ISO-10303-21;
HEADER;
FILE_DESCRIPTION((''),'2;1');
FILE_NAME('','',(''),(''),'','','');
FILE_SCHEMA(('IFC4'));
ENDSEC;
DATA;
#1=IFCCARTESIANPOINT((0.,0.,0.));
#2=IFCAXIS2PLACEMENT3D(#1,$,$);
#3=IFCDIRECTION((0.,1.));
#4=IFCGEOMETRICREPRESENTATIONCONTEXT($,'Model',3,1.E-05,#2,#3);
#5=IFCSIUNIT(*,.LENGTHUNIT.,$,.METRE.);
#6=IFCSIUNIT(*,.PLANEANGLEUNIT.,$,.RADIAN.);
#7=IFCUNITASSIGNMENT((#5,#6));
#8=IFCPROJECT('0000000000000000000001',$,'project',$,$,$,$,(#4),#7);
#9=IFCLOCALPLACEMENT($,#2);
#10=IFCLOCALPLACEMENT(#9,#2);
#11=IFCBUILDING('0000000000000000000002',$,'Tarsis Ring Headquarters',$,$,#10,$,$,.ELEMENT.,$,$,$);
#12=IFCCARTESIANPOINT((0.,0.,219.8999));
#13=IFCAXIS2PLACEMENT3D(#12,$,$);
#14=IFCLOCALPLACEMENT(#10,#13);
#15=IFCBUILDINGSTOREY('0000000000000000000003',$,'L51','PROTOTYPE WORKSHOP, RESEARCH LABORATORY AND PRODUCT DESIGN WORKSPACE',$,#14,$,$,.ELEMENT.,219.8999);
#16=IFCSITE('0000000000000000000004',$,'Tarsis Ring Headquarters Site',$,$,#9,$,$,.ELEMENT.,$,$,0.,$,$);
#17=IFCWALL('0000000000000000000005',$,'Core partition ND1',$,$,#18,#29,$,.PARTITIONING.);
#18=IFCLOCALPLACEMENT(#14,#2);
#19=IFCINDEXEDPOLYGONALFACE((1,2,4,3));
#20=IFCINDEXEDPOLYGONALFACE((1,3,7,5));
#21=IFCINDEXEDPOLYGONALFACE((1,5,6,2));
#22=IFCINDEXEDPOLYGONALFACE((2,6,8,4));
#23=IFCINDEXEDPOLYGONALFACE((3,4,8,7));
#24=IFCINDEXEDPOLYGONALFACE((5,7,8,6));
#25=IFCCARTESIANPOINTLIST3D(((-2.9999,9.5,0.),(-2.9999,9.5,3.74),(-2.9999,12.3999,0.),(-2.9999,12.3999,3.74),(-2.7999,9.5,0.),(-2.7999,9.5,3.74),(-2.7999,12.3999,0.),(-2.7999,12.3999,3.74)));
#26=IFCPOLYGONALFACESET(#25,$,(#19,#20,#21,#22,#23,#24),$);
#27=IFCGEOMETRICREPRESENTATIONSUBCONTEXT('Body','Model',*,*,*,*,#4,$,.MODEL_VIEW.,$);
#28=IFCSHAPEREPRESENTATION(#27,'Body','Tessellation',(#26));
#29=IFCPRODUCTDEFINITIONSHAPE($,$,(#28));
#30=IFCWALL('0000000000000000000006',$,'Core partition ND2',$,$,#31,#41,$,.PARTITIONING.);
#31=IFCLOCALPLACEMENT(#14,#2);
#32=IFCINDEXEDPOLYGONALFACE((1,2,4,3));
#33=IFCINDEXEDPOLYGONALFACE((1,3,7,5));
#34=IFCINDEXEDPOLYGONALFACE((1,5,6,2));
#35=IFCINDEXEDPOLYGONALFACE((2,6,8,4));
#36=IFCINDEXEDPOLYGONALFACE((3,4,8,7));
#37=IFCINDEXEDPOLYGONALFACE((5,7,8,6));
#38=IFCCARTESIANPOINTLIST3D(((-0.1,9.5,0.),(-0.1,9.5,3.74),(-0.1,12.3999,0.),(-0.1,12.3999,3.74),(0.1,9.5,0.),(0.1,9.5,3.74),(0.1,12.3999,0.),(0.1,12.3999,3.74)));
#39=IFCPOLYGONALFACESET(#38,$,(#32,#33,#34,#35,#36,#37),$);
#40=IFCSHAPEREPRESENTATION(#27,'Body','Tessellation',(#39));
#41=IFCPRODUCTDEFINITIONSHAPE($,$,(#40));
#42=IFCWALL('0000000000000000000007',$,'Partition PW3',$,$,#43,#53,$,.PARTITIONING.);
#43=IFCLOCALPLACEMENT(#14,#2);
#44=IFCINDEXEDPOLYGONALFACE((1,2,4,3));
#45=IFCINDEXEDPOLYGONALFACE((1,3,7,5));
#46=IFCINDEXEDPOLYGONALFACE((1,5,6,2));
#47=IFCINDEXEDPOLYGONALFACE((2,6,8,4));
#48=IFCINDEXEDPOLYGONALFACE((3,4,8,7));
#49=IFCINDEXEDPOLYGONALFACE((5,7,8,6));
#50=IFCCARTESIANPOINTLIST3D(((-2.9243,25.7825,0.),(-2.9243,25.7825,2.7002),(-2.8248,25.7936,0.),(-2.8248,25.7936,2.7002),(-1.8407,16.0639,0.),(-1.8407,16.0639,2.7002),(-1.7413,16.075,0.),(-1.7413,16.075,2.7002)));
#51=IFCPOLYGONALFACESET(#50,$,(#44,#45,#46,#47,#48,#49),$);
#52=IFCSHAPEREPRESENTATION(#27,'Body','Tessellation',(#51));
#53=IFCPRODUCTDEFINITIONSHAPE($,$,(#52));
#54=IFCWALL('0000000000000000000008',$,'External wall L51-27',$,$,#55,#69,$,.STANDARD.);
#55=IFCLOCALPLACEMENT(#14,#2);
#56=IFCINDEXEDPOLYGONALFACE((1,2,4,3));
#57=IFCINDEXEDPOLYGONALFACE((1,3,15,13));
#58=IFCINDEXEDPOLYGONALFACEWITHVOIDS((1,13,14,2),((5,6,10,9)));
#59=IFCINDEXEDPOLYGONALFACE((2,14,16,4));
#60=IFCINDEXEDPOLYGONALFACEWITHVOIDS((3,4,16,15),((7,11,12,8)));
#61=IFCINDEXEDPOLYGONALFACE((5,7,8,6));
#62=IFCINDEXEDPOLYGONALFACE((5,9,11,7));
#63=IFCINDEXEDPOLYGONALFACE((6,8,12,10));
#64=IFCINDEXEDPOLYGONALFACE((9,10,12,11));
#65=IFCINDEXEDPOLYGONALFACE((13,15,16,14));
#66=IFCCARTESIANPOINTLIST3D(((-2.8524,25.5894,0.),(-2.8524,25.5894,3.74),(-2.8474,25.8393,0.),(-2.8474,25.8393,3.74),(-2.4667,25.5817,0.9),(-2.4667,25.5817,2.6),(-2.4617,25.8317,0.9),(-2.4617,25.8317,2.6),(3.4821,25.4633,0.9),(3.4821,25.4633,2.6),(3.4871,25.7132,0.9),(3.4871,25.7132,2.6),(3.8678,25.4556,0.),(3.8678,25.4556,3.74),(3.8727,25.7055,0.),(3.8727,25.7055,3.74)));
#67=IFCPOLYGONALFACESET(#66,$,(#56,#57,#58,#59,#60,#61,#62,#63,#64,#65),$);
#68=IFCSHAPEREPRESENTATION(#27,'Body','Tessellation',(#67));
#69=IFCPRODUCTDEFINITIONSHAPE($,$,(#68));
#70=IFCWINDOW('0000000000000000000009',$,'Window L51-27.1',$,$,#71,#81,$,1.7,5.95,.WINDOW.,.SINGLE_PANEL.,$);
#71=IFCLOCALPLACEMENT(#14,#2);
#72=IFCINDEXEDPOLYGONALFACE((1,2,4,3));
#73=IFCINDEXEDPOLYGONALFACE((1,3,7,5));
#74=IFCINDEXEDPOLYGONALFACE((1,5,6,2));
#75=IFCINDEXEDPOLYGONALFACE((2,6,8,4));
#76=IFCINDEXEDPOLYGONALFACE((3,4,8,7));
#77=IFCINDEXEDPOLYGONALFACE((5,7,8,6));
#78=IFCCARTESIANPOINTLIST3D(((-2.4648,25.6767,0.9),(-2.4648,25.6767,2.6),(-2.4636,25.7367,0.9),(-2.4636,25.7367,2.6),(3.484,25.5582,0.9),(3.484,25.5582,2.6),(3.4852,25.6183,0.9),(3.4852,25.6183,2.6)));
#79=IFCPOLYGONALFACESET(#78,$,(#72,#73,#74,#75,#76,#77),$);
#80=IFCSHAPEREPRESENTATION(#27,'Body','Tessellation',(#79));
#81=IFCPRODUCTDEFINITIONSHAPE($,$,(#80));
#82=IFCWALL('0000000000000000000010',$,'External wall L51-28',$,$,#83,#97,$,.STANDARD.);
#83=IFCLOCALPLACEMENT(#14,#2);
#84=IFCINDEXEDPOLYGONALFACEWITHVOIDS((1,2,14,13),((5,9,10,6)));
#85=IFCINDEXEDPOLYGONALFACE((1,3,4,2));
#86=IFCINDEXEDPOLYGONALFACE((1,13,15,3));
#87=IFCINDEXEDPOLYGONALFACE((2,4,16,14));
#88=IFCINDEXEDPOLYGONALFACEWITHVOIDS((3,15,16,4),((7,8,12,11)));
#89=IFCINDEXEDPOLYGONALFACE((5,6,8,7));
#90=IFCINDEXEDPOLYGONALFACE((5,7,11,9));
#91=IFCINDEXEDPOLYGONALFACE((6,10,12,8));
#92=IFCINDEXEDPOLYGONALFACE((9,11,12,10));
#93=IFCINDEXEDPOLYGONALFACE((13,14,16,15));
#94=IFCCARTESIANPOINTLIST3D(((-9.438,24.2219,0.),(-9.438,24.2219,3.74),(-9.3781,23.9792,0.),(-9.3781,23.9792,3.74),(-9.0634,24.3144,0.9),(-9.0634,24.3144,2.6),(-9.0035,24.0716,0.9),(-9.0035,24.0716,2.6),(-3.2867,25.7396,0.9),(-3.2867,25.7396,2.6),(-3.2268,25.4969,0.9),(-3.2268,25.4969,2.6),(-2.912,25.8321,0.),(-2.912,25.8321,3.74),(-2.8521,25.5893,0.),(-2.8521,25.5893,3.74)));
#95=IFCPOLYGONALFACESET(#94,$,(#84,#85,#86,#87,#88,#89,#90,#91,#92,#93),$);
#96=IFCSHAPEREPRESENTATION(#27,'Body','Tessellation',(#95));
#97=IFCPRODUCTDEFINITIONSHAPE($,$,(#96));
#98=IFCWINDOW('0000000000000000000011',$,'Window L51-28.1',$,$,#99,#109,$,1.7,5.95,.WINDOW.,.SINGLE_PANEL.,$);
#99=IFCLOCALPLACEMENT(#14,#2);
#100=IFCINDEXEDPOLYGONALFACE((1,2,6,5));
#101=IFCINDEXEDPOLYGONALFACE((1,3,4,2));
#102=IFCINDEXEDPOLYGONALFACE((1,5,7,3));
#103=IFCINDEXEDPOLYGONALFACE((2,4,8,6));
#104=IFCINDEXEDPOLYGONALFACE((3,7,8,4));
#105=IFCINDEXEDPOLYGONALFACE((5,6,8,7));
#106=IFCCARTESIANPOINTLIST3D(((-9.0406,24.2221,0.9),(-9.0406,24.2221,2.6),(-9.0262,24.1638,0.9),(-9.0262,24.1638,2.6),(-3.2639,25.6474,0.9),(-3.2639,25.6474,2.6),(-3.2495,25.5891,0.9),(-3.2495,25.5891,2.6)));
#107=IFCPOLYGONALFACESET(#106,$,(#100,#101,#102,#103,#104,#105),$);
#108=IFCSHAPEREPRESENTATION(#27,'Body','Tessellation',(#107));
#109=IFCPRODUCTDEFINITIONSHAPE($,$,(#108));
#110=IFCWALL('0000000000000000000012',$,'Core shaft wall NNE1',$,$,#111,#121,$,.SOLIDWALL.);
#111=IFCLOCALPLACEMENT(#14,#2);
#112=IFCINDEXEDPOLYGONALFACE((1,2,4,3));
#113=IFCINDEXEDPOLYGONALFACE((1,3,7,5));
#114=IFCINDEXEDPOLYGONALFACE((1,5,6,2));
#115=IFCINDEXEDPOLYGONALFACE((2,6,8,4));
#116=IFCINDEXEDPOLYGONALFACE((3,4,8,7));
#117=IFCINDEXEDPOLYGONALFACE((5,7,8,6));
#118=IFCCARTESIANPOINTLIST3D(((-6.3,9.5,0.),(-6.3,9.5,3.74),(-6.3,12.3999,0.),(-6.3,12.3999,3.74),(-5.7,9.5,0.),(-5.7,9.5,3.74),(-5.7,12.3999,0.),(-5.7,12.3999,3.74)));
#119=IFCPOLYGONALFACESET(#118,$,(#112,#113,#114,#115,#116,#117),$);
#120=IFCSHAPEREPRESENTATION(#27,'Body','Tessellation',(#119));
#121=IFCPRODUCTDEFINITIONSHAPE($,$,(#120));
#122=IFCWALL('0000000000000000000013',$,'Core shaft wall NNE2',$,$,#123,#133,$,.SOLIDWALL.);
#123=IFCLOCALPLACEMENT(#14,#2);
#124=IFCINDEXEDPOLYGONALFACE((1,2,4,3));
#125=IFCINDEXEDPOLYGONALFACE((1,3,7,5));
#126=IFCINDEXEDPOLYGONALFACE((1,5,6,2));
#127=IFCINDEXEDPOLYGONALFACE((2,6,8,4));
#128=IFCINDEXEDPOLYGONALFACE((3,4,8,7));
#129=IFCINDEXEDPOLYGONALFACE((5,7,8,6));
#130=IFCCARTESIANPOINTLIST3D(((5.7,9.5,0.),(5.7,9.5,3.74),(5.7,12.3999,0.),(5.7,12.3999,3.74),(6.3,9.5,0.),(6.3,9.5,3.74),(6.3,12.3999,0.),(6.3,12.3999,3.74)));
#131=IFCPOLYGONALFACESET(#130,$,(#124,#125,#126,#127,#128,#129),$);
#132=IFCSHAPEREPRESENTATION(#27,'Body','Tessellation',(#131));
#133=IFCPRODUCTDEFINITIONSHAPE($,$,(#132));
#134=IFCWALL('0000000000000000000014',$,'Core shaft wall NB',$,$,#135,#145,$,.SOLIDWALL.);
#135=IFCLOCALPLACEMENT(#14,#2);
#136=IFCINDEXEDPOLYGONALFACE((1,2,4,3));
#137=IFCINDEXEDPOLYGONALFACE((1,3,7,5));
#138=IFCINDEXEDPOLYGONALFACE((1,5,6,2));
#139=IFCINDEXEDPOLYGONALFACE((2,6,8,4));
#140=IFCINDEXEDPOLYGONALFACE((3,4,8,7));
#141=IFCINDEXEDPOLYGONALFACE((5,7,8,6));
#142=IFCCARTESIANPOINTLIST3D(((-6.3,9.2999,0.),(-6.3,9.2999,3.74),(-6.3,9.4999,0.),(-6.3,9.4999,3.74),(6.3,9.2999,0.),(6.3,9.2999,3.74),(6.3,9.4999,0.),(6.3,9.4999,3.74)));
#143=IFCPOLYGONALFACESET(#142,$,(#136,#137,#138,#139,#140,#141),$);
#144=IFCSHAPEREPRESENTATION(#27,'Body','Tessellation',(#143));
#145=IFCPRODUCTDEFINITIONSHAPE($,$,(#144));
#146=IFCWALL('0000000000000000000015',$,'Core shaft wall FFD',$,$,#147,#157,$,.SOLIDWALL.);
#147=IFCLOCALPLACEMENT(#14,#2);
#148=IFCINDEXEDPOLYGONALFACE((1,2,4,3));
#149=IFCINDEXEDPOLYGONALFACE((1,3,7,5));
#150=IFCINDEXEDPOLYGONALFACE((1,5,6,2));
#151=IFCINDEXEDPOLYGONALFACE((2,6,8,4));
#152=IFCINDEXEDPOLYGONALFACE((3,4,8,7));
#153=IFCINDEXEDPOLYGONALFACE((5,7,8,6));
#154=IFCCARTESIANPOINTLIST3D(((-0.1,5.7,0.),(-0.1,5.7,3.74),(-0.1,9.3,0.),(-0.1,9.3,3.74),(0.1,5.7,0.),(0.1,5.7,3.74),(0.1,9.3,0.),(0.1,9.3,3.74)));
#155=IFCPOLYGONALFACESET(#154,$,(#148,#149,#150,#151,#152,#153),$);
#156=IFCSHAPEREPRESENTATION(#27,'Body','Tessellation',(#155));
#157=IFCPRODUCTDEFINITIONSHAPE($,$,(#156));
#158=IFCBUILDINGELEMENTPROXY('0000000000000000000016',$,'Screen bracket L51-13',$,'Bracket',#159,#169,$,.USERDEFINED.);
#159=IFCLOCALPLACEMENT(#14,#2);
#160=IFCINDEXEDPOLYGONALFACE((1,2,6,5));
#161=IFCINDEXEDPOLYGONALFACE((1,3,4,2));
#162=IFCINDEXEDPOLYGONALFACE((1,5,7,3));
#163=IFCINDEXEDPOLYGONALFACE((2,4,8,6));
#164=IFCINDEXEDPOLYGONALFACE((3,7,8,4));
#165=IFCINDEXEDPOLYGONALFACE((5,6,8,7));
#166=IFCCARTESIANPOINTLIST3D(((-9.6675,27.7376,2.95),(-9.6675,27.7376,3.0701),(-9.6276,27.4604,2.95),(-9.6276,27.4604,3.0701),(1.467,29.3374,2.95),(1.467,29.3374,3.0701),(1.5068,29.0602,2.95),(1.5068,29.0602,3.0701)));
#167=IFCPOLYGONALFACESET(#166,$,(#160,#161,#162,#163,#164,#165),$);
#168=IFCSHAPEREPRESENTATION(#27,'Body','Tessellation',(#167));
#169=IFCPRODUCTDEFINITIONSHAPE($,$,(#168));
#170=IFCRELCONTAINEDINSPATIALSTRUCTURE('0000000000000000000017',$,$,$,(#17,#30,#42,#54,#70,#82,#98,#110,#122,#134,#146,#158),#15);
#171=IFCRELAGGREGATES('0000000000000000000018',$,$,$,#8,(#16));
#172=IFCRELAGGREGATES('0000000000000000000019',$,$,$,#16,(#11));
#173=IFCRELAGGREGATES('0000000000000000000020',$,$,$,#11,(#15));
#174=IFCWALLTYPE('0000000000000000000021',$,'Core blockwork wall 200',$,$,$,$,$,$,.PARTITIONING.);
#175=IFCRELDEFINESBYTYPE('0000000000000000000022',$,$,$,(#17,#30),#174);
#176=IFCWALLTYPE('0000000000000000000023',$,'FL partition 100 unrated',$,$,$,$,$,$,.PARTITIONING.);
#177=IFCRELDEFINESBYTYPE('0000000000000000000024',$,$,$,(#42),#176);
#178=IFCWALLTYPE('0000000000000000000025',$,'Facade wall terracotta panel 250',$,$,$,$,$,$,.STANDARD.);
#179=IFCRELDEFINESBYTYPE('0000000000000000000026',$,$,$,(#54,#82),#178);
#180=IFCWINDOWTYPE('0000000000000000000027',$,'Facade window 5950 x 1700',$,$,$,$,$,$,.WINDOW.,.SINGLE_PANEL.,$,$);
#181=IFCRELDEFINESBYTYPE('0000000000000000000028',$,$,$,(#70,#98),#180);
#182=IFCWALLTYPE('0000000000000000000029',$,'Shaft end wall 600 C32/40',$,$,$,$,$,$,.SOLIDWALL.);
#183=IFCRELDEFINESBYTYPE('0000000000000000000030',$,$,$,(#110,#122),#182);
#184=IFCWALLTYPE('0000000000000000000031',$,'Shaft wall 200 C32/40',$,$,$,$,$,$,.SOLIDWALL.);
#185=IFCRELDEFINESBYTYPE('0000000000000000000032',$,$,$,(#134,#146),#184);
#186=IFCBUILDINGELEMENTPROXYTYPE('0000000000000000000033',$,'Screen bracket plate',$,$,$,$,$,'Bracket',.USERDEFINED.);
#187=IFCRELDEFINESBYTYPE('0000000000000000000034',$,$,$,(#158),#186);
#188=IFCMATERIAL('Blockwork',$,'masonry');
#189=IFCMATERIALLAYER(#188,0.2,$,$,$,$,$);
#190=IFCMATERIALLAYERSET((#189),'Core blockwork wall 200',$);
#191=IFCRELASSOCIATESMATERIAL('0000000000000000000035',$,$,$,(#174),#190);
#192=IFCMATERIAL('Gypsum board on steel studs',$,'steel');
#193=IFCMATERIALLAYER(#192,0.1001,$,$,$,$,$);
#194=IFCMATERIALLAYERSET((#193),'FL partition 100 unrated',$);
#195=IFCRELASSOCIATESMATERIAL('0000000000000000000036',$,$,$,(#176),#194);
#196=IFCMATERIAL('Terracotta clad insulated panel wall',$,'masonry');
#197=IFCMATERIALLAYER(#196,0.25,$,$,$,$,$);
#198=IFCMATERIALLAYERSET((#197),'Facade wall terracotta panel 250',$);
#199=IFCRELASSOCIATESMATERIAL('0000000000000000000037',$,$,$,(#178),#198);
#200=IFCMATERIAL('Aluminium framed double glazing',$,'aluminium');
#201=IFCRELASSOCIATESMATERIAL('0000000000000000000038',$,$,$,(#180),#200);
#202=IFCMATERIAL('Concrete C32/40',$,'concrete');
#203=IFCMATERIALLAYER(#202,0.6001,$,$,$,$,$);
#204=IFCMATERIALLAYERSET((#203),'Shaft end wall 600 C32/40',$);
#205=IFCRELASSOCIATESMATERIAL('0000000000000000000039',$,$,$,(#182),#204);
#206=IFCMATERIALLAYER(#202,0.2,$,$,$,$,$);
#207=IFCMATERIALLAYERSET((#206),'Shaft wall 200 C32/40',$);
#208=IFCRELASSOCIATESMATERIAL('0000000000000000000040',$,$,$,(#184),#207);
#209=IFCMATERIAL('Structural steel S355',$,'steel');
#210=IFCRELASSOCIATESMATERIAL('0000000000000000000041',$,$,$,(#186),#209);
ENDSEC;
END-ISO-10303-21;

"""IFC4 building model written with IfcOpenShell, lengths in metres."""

from ifc_helpers import new_model, si_unit, direction, frame, frame_2d, origin, origin_2d, place, context, subcontext, project, spatial, rectangle, extrude, material, layer, layer_set, type_object, element, fill, save


model = new_model("IFC4")

# Units and contexts
model_context = context("Model", 3, precision=1e-05, world=origin(), true_north=direction((0.0, 1.0)))
body_context = subcontext(model_context, "Body", "Model", "MODEL_VIEW")
ifc_project = project(units=[si_unit("LENGTHUNIT", "METRE"), si_unit("PLANEANGLEUNIT", "RADIAN")], contexts=[model_context])

# Site, building, storey
site_placement = place(None, origin())
site = spatial("IfcSite", under=ifc_project, at=site_placement, Name="Tarsis Ring Headquarters Site", CompositionType="ELEMENT", RefElevation=0.0)
building_placement = place(site_placement, origin())
building = spatial("IfcBuilding", under=site, at=building_placement, Name="Tarsis Ring Headquarters", CompositionType="ELEMENT")
storey_placement = place(building_placement, frame((0.0, 0.0, 219.8999)))
storey = spatial("IfcBuildingStorey", under=building, at=storey_placement, Name="L51", Description="PROTOTYPE WORKSHOP, RESEARCH LABORATORY AND PRODUCT DESIGN WORKSPACE", CompositionType="ELEMENT", Elevation=219.8999)

# Shared definitions
ifc_material_1 = material(Name="Structural steel S355", Category="steel")

# Walls
ifc_material_2 = material(Name="Blockwork", Category="masonry")
ifc_layer_1 = layer(ifc_material_2, 0.2)
ifc_layer_set_1 = layer_set([ifc_layer_1], Name="Core blockwork wall 200")
wall_type_1 = type_object("IfcWallType", Name="Core blockwork wall 200", PredefinedType="PARTITIONING", material=ifc_layer_set_1)
for number, where, z_axis, x_axis, name in (
    (1, (-2.8999, 9.5, 0.0), (0.0, 0.0, 1.0), (0.0, 1.0, 0.0), "Core partition ND1"),
    (2, (0.0, 9.5, 0.0), (0.0, 0.0, 1.0), (0.0, 1.0, 0.0), "Core partition ND2"),
):
    element("IfcWall", number, at=place(storey_placement, frame(where, z_axis=z_axis, x_axis=x_axis)), inside=storey, type_object=wall_type_1, Name=name, PredefinedType="PARTITIONING", context=body_context, shape_type="SweptSolid", body=[
        extrude(rectangle(XDim=2.8999, YDim=0.2, at=frame_2d((1.45, 0.0))), origin(), (0.0, 0.0, 1.0), 3.74),
    ])
ifc_material_3 = material(Name="Gypsum board on steel studs", Category="steel")
ifc_layer_2 = layer(ifc_material_3, 0.1001)
ifc_layer_set_2 = layer_set([ifc_layer_2], Name="FL partition 100 unrated")
wall_type_2 = type_object("IfcWallType", Name="FL partition 100 unrated", PredefinedType="PARTITIONING", material=ifc_layer_set_2)
wall_1_placement = place(storey_placement, frame((-2.8745, 25.7881, 0.0), z_axis=(0.0, 0.0, 1.0), x_axis=(0.110801, -0.993843, 0.0)))
element("IfcWall", 3, at=wall_1_placement, inside=storey, type_object=wall_type_2, Name="Partition PW3", PredefinedType="PARTITIONING", context=body_context, shape_type="SweptSolid", body=[
    extrude(rectangle(XDim=9.7788, YDim=0.1001, at=frame_2d((4.8894, 0.0))), origin(), (0.0, 0.0, 1.0), 2.7002),
])

# Walls, openings, windows
ifc_material_4 = material(Name="Terracotta clad insulated panel wall", Category="masonry")
ifc_layer_3 = layer(ifc_material_4, 0.25)
ifc_layer_set_3 = layer_set([ifc_layer_3], Name="Facade wall terracotta panel 250")
wall_type_3 = type_object("IfcWallType", Name="Facade wall terracotta panel 250", PredefinedType="STANDARD", material=ifc_layer_set_3)
wall_2_placement = place(storey_placement, frame((3.8704, 25.5806, 0.0), z_axis=(0.0, 0.0, 1.0), x_axis=(-0.999802, 0.019905, 0.0)))
wall_2 = element("IfcWall", 4, at=wall_2_placement, inside=storey, type_object=wall_type_3, Name="External wall L51-27", PredefinedType="STANDARD", context=body_context, shape_type="SweptSolid", body=[
    extrude(rectangle(XDim=6.7214, YDim=0.25, at=frame_2d((3.3608, 0.0))), origin(), (0.0, 0.0, 1.0), 3.74),
])
opening_1_placement = place(wall_2_placement, frame((0.3857, 0.0, 0.8999)))
opening_1 = element("IfcOpeningElement", 5, at=opening_1_placement, cuts=wall_2, PredefinedType="OPENING", context=body_context, shape_type="SweptSolid", body=[
    extrude(rectangle(XDim=5.95, YDim=1.7, at=frame_2d((2.9751, 0.8501))), frame((0.0, 0.135, 0.0), z_axis=(0.0, -1.0, 0.0), x_axis=(1.0, 0.0, 0.0)), (0.0, 0.0, 1.0), 0.27),
])
ifc_material_5 = material(Name="Aluminium framed double glazing", Category="aluminium")
window_type = type_object("IfcWindowType", Name="Facade window 5950 x 1700", PartitioningType="SINGLE_PANEL", PredefinedType="WINDOW", material=ifc_material_5)
window_1_placement = place(opening_1_placement, origin())
window_1 = element("IfcWindow", 6, at=window_1_placement, inside=storey, type_object=window_type, Name="Window L51-27.1", OverallHeight=1.7, OverallWidth=5.95, PartitioningType="SINGLE_PANEL", PredefinedType="WINDOW", context=body_context, shape_type="SweptSolid", body=[
    extrude(rectangle(XDim=5.95, YDim=1.7, at=frame_2d((2.9751, 0.8501))), frame((0.0, 0.03, 0.0), z_axis=(0.0, -1.0, 0.0), x_axis=(1.0, 0.0, 0.0)), (0.0, 0.0, 1.0), 0.0601),
])
fill(opening_1, window_1)
wall_3_placement = place(storey_placement, frame((-2.8821, 25.7107, 0.0), z_axis=(0.0, 0.0, 1.0), x_axis=(-0.970886, -0.239543, 0.0)))
wall_3 = element("IfcWall", 7, at=wall_3_placement, inside=storey, type_object=wall_type_3, Name="External wall L51-28", PredefinedType="STANDARD", context=body_context, shape_type="SweptSolid", body=[
    extrude(rectangle(XDim=6.7217, YDim=0.25, at=frame_2d((3.3608, 0.0))), origin(), (0.0, 0.0, 1.0), 3.74),
])
opening_2_placement = place(wall_3_placement, frame((0.3857, 0.0, 0.8999)))
opening_2 = element("IfcOpeningElement", 8, at=opening_2_placement, cuts=wall_3, PredefinedType="OPENING", context=body_context, shape_type="SweptSolid", body=[
    extrude(rectangle(XDim=5.95, YDim=1.7, at=frame_2d((2.9751, 0.8501))), frame((0.0, 0.135, 0.0), z_axis=(0.0, -1.0, 0.0), x_axis=(1.0, 0.0, 0.0)), (0.0, 0.0, 1.0), 0.27),
])
window_2_placement = place(opening_2_placement, origin())
window_2 = element("IfcWindow", 9, at=window_2_placement, inside=storey, type_object=window_type, Name="Window L51-28.1", OverallHeight=1.7, OverallWidth=5.95, PartitioningType="SINGLE_PANEL", PredefinedType="WINDOW", context=body_context, shape_type="SweptSolid", body=[
    extrude(rectangle(XDim=5.95, YDim=1.7, at=frame_2d((2.9751, 0.8501))), frame((0.0, 0.03, 0.0), z_axis=(0.0, -1.0, 0.0), x_axis=(1.0, 0.0, 0.0)), (0.0, 0.0, 1.0), 0.0601),
])
fill(opening_2, window_2)

# Walls
ifc_material_6 = material(Name="Concrete C32/40", Category="concrete")
ifc_layer_4 = layer(ifc_material_6, 0.6001)
ifc_layer_set_4 = layer_set([ifc_layer_4], Name="Shaft end wall 600 C32/40")
wall_type_4 = type_object("IfcWallType", Name="Shaft end wall 600 C32/40", PredefinedType="SOLIDWALL", material=ifc_layer_set_4)
for number, where, z_axis, x_axis, name in (
    (10, (-6.0, 9.5, 0.0), (0.0, 0.0, 1.0), (0.0, 1.0, 0.0), "Core shaft wall NNE1"),
    (11, (6.0, 9.5, 0.0), (0.0, 0.0, 1.0), (0.0, 1.0, 0.0), "Core shaft wall NNE2"),
):
    element("IfcWall", number, at=place(storey_placement, frame(where, z_axis=z_axis, x_axis=x_axis)), inside=storey, type_object=wall_type_4, Name=name, PredefinedType="SOLIDWALL", context=body_context, shape_type="SweptSolid", body=[
        extrude(rectangle(XDim=2.8999, YDim=0.6001, at=frame_2d((1.45, 0.0))), origin(), (0.0, 0.0, 1.0), 3.74),
    ])
ifc_layer_5 = layer(ifc_material_6, 0.2)
ifc_layer_set_5 = layer_set([ifc_layer_5], Name="Shaft wall 200 C32/40")
wall_type_5 = type_object("IfcWallType", Name="Shaft wall 200 C32/40", PredefinedType="SOLIDWALL", material=ifc_layer_set_5)
wall_4_placement = place(storey_placement, frame((-6.3, 9.3999, 0.0), z_axis=(0.0, 0.0, 1.0), x_axis=(1.0, 0.0, 0.0)))
element("IfcWall", 12, at=wall_4_placement, inside=storey, type_object=wall_type_5, Name="Core shaft wall NB", PredefinedType="SOLIDWALL", context=body_context, shape_type="SweptSolid", body=[
    extrude(rectangle(XDim=12.6001, YDim=0.2, at=frame_2d((6.3, 0.0))), origin(), (0.0, 0.0, 1.0), 3.74),
])
wall_5_placement = place(storey_placement, frame((0.0, 5.7, 0.0), z_axis=(0.0, 0.0, 1.0), x_axis=(0.0, 1.0, 0.0)))
element("IfcWall", 13, at=wall_5_placement, inside=storey, type_object=wall_type_5, Name="Core shaft wall FFD", PredefinedType="SOLIDWALL", context=body_context, shape_type="SweptSolid", body=[
    extrude(rectangle(XDim=3.6001, YDim=0.2, at=frame_2d((1.8, 0.0))), origin(), (0.0, 0.0, 1.0), 3.74),
])

# Building element proxy
building_element_proxy_type = type_object("IfcBuildingElementProxyType", Name="Screen bracket plate", ElementType="Bracket", PredefinedType="USERDEFINED", material=ifc_material_1)
proxy_placement = place(storey_placement, frame((-4.0803, 28.3989, 2.95), z_axis=(0.0, 0.0, 1.0), x_axis=(-0.989835, -0.142218, 0.0)))
element("IfcBuildingElementProxy", 14, at=proxy_placement, inside=storey, type_object=building_element_proxy_type, Name="Screen bracket L51-13", ObjectType="Bracket", PredefinedType="USERDEFINED", context=body_context, shape_type="SweptSolid", body=[
    extrude(rectangle(XDim=11.2488, YDim=0.28, at=origin_2d()), origin(), (0.0, 0.0, 1.0), 0.1201),
])

save(model, "model.ifc")
